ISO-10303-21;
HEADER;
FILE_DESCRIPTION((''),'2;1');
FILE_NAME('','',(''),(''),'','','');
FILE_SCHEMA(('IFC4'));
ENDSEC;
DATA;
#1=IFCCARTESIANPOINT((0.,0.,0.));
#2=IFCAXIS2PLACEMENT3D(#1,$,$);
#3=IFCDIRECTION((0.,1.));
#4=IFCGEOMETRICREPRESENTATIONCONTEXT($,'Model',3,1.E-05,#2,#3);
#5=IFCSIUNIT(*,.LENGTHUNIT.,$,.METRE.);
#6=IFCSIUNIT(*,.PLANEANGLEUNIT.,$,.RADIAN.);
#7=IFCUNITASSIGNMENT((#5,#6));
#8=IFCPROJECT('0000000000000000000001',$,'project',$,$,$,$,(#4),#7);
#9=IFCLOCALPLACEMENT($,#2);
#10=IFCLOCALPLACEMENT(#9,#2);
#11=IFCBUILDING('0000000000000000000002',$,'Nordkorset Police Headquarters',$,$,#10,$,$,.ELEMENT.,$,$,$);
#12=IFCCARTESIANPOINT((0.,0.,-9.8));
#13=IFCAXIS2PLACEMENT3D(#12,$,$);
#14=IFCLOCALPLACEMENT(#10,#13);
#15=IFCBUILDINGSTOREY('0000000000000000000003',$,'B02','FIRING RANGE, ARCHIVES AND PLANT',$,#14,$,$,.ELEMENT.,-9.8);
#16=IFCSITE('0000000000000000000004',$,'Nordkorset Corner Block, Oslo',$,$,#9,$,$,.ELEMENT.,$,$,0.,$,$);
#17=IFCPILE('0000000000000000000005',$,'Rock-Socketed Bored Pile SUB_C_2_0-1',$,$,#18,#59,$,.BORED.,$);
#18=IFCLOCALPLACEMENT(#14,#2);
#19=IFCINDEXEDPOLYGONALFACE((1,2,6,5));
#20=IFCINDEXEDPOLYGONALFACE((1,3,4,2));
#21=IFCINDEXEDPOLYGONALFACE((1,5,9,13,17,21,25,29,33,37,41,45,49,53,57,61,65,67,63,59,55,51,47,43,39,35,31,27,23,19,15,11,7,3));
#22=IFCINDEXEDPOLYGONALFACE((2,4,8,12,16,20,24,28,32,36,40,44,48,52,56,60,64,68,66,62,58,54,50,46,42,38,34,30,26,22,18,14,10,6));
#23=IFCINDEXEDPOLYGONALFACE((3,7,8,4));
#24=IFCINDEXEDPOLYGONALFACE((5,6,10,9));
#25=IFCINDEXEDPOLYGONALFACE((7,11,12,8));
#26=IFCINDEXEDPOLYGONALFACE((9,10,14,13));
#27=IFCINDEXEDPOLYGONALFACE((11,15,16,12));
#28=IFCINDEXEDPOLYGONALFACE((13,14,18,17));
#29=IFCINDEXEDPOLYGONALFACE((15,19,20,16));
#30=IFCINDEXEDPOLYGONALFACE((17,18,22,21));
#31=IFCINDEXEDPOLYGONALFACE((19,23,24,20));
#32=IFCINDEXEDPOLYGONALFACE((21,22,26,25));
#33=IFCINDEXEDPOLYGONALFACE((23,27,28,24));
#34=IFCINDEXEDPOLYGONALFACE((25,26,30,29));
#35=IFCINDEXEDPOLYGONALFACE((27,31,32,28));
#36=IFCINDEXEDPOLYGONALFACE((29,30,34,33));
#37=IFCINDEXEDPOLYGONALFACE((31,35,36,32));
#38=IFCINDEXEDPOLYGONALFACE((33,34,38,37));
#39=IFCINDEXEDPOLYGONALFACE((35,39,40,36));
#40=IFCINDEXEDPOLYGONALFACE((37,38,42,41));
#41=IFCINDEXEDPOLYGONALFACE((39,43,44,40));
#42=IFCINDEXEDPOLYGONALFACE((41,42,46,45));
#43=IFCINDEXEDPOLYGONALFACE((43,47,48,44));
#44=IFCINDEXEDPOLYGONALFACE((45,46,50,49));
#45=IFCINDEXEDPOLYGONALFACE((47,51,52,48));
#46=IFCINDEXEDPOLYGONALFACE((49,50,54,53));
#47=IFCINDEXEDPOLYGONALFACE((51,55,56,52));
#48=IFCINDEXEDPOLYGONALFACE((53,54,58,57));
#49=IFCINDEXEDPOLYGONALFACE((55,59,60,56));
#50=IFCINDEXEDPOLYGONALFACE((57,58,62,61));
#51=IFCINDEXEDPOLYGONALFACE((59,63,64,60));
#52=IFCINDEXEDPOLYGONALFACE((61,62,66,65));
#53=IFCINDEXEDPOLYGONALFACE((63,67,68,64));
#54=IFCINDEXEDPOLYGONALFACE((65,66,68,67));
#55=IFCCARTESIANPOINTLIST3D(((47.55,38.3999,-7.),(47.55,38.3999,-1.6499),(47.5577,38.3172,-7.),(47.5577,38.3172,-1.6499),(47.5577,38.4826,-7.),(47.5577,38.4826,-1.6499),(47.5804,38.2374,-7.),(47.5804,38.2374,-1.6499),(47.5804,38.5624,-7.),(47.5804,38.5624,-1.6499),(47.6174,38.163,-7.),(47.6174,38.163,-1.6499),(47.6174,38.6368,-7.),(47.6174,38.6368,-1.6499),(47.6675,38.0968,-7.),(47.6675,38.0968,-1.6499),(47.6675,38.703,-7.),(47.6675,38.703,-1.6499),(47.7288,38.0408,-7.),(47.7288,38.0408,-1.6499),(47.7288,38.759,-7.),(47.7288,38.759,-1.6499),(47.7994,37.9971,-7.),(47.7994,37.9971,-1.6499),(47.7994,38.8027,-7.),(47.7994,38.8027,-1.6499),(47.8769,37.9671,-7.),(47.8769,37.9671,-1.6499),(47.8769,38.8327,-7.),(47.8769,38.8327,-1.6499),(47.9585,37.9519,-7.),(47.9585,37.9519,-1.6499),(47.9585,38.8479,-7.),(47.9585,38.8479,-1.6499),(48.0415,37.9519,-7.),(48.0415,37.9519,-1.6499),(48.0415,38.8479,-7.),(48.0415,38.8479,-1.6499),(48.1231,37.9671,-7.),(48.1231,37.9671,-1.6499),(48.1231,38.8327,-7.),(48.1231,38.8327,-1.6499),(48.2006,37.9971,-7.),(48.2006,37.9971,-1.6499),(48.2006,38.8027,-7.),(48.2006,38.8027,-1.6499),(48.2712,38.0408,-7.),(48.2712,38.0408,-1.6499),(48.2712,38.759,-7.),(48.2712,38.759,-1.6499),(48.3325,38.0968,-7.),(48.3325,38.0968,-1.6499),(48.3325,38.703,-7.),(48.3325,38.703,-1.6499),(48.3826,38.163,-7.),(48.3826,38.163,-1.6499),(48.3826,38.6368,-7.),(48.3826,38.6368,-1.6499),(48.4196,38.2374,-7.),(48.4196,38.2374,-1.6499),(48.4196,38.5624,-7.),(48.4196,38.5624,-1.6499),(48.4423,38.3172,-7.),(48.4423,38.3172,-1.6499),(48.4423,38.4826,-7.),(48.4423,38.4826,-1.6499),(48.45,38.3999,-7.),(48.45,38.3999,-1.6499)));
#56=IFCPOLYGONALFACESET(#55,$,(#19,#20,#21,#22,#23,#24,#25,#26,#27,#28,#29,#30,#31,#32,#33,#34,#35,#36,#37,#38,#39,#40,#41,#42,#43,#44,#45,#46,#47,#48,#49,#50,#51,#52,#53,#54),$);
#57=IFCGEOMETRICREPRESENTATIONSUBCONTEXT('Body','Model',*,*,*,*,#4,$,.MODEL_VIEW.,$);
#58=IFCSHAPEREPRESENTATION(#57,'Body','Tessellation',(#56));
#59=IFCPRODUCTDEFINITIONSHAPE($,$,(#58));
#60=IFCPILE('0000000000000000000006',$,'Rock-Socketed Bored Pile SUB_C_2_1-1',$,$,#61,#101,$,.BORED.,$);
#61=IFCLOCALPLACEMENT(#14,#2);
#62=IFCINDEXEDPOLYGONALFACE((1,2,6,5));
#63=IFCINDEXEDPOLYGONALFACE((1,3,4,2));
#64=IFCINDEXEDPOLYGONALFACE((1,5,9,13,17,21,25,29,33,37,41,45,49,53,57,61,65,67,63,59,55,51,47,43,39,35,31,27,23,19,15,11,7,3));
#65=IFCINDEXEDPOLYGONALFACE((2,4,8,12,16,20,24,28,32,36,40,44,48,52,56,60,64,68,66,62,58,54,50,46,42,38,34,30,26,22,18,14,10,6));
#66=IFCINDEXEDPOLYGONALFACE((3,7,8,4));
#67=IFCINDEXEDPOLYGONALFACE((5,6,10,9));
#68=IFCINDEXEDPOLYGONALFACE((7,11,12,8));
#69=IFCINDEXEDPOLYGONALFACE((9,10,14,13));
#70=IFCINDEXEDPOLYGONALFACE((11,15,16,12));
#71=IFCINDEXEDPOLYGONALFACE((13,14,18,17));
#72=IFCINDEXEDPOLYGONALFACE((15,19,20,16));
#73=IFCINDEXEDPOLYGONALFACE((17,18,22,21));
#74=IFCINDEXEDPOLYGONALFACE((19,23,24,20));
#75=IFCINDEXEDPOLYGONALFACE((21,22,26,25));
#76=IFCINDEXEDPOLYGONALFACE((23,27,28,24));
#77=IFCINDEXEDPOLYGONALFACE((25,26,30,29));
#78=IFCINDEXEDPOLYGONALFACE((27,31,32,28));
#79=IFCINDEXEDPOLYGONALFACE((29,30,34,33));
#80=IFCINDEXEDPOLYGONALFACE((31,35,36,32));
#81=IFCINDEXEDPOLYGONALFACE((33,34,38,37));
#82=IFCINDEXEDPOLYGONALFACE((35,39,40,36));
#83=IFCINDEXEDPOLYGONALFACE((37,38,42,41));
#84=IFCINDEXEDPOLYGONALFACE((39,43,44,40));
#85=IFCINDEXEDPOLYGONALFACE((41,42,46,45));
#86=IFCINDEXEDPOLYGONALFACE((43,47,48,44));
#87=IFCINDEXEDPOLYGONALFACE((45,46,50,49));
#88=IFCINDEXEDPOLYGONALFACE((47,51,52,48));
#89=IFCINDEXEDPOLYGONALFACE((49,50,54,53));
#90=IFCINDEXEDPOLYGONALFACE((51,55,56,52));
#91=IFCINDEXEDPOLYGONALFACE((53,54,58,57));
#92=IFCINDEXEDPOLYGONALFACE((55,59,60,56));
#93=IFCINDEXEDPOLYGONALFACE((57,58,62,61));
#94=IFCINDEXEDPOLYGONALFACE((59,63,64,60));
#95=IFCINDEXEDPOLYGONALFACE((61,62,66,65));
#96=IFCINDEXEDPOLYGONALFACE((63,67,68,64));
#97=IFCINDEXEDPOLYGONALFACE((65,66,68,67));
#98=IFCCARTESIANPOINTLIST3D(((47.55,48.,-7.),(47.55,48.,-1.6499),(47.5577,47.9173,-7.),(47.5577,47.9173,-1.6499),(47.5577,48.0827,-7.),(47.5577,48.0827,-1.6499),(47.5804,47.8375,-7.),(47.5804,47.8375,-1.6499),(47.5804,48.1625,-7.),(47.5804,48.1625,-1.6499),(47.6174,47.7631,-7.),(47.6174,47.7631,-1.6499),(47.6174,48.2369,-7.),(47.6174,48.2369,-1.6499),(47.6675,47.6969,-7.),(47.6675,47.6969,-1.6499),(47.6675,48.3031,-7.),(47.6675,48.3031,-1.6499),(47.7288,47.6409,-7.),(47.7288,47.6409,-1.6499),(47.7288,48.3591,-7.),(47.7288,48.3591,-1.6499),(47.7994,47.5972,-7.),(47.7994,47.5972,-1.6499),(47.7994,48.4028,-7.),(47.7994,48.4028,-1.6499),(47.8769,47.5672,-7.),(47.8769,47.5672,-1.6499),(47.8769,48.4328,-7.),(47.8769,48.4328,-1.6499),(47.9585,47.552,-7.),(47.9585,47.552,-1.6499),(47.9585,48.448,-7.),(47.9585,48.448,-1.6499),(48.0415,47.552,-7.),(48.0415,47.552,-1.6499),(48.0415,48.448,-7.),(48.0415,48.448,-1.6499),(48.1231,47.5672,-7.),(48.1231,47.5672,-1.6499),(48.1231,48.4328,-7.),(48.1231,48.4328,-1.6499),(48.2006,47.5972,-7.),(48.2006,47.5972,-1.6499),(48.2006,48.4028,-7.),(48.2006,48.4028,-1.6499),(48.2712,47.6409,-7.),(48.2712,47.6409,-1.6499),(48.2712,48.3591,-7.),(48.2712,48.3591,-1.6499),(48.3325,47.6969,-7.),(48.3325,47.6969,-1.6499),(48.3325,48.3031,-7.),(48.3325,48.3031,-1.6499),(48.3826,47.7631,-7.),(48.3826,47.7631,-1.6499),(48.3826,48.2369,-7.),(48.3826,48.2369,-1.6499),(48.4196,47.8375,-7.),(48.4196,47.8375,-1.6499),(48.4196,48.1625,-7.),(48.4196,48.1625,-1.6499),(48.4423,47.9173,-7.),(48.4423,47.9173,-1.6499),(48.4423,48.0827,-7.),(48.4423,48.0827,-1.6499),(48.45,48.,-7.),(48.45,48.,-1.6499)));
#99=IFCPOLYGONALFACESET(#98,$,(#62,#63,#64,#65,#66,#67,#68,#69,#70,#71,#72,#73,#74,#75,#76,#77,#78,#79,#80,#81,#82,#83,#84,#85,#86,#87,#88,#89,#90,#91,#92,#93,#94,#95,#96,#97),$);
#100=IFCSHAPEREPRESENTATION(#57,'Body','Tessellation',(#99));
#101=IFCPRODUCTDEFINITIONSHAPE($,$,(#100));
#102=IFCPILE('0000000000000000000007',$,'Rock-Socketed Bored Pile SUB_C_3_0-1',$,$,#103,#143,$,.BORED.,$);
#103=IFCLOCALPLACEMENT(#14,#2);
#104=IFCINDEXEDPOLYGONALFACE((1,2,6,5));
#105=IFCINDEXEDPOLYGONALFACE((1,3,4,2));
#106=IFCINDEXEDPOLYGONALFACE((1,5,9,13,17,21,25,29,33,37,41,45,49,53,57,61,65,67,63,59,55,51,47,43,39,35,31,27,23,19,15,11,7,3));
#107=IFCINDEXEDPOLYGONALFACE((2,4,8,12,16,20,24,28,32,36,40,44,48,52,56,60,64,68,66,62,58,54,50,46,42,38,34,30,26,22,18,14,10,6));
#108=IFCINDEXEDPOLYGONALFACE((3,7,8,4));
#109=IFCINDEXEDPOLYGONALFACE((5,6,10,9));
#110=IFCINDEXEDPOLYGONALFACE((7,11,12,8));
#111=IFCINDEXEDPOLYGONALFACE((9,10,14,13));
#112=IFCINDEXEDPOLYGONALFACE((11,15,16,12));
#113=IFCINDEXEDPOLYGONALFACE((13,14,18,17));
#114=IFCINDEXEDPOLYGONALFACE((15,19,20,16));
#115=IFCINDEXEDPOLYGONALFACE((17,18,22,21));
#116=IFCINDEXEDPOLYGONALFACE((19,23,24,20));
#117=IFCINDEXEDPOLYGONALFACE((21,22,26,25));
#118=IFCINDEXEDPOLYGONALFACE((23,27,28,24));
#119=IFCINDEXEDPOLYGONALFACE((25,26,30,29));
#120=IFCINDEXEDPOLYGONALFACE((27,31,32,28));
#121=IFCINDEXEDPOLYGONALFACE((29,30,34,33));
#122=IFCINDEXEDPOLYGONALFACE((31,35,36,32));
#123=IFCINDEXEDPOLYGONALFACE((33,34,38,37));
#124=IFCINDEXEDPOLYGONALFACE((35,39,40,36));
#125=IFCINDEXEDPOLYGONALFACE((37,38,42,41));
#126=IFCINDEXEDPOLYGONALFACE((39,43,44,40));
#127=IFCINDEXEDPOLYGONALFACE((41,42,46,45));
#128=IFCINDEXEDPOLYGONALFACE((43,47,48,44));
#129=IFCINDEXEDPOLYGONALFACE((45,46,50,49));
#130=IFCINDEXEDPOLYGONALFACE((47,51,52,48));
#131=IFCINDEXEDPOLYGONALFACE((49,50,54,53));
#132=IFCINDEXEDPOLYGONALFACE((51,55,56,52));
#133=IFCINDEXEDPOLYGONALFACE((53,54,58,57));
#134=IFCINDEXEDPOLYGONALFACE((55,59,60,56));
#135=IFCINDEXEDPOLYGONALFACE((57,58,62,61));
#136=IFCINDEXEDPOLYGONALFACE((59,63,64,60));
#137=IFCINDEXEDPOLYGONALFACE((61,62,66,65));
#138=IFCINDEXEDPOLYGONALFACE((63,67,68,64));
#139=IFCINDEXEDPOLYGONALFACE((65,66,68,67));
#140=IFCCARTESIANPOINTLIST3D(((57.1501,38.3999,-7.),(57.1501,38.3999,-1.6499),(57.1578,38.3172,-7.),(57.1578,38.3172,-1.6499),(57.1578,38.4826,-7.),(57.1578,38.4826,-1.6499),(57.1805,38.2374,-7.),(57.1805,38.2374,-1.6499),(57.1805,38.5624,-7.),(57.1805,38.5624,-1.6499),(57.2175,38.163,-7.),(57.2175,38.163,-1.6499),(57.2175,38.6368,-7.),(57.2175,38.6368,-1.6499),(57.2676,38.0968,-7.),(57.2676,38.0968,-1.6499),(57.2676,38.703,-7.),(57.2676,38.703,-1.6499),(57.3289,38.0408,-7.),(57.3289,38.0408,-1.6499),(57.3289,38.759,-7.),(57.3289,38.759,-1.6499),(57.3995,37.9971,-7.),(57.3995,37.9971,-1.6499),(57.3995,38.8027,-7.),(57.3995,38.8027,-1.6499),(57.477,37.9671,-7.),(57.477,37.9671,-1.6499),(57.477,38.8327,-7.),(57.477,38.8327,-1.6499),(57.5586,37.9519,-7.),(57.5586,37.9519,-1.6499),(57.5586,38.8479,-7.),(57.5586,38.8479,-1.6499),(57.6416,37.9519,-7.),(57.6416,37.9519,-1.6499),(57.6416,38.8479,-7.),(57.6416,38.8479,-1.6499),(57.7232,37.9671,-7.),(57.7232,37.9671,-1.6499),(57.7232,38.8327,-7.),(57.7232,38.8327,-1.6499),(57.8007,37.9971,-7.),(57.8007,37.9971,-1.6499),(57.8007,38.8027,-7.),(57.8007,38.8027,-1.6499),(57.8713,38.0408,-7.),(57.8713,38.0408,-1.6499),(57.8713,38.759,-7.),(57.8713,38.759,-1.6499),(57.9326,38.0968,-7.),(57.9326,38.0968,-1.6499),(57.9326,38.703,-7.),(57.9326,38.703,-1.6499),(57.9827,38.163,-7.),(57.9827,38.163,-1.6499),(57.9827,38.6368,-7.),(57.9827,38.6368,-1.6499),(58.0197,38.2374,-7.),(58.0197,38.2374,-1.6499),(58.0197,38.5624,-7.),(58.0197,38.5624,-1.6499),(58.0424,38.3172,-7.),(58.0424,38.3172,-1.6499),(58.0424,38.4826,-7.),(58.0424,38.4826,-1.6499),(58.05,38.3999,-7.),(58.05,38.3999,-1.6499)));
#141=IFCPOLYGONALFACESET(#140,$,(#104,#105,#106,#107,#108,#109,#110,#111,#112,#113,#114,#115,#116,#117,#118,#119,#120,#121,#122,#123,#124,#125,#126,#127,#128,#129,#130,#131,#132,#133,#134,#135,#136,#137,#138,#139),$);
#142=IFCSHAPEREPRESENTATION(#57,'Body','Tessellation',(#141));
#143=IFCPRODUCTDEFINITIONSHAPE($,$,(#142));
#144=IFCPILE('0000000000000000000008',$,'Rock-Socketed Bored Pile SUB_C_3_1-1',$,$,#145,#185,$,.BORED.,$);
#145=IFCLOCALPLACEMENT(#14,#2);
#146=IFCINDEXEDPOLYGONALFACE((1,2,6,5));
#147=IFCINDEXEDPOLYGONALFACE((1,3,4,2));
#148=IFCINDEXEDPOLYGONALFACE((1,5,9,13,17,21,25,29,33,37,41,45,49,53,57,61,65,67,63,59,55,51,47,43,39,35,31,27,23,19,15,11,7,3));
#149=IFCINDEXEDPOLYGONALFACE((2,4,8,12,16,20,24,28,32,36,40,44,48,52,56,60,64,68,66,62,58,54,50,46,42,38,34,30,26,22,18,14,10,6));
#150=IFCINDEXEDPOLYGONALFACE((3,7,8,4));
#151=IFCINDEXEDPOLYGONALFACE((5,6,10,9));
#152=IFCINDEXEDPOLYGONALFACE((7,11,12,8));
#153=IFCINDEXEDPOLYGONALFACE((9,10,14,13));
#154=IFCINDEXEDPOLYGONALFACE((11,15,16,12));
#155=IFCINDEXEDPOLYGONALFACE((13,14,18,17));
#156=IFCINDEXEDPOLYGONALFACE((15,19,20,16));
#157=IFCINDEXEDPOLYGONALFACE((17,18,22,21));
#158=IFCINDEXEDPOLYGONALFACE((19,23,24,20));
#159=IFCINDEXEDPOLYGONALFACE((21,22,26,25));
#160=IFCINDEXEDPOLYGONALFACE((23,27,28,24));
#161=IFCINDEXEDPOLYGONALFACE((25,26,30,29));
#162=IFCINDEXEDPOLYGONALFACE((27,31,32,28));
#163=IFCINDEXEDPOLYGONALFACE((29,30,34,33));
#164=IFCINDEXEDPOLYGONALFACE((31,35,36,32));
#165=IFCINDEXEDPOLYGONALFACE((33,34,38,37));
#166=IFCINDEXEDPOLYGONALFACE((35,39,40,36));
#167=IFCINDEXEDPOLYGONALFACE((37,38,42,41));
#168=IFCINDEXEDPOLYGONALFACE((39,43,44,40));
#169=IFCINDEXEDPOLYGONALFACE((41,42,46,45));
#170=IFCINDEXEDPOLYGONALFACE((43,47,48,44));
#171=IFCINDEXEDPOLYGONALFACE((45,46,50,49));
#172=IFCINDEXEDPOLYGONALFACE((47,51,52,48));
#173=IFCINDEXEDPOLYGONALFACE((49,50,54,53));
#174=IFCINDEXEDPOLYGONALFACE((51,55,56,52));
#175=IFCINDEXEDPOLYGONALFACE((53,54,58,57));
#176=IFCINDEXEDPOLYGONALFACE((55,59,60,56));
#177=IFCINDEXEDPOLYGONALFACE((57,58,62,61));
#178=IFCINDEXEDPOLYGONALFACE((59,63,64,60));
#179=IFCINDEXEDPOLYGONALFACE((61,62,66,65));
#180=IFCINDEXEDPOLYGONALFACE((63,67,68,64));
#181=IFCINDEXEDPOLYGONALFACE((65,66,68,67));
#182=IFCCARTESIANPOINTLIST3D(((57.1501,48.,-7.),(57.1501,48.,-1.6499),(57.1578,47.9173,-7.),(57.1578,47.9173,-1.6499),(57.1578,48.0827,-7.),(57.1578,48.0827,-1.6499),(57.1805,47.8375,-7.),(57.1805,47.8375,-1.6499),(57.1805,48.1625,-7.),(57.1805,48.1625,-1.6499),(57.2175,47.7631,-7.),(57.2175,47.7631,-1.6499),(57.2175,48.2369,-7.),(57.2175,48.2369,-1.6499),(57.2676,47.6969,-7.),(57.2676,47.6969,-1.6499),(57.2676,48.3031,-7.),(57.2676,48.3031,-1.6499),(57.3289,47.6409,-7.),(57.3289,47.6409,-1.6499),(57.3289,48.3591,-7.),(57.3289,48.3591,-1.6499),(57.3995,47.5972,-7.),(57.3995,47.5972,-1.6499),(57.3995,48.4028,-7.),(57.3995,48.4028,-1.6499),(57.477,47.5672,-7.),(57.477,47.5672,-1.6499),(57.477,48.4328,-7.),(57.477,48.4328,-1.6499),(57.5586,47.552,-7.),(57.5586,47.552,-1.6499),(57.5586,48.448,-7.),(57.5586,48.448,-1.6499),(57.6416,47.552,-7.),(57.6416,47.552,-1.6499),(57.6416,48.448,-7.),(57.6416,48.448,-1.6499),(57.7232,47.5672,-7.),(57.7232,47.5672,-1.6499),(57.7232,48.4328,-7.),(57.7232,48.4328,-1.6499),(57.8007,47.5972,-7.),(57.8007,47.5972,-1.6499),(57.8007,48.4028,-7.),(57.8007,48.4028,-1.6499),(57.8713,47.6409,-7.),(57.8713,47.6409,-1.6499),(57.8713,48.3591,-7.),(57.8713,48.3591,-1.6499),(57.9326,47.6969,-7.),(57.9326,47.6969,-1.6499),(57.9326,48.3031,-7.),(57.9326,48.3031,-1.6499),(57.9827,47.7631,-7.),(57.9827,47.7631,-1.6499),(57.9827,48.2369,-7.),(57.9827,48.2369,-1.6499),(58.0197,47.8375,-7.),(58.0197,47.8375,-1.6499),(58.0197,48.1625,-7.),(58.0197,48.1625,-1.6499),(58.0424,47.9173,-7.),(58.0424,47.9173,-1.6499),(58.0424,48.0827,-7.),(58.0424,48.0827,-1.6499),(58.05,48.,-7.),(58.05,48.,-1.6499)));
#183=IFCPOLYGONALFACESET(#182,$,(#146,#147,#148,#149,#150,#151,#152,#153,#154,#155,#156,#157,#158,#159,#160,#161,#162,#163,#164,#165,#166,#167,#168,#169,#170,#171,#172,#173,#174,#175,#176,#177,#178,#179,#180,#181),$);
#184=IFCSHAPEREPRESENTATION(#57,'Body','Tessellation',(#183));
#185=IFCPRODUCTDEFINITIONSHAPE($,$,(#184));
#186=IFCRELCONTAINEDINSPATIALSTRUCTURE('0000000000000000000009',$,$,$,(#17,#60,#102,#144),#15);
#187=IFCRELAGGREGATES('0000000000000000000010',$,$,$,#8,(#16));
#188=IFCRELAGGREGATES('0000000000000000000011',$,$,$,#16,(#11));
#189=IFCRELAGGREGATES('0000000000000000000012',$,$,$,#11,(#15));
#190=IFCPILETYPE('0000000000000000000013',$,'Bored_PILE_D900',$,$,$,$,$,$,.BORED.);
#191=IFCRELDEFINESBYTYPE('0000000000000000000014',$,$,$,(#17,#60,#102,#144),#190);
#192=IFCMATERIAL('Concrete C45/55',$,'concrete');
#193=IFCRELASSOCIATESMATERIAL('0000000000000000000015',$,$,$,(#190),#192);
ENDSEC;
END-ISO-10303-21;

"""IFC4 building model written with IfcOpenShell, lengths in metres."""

from ifc_helpers import new_model, si_unit, direction, frame, origin, origin_2d, place, context, subcontext, project, spatial, circle, extrude, material, material_profile, profile_set, type_object, element, save


model = new_model("IFC4")

# Units and contexts
model_context = context("Model", 3, precision=1e-05, world=origin(), true_north=direction((0.0, 1.0)))
body_context = subcontext(model_context, "Body", "Model", "MODEL_VIEW")
ifc_project = project(units=[si_unit("LENGTHUNIT", "METRE"), si_unit("PLANEANGLEUNIT", "RADIAN")], contexts=[model_context])

# Site, building, storey
site_placement = place(None, origin())
site = spatial("IfcSite", under=ifc_project, at=site_placement, Name="Nordkorset Corner Block, Oslo", CompositionType="ELEMENT", RefElevation=0.0)
building_placement = place(site_placement, origin())
building = spatial("IfcBuilding", under=site, at=building_placement, Name="Nordkorset Police Headquarters", CompositionType="ELEMENT")
storey_placement = place(building_placement, frame((0.0, 0.0, -9.8)))
storey = spatial("IfcBuildingStorey", under=building, at=storey_placement, Name="B02", Description="FIRING RANGE, ARCHIVES AND PLANT", CompositionType="ELEMENT", Elevation=-9.8)

# Piles
ifc_material_1 = material(Name="Concrete C45/55", Category="concrete")
ifc_material_profile_1 = material_profile(ifc_material_1, circle(Radius=0.45, at=origin_2d()), Name="PILE D900")
ifc_profile_set_1 = profile_set([ifc_material_profile_1], Name="Concrete C45/55")
pile_type = type_object("IfcPileType", Name="Bored_PILE_D900", PredefinedType="BORED", material=ifc_profile_set_1)
for number, where, z_axis, x_axis, name in (
    (1, (48.0, 38.3999, -1.6499), (0.0, 0.0, -1.0), (1.0, 0.0, 0.0), "Rock-Socketed Bored Pile SUB_C_2_0-1"),
    (2, (48.0, 48.0, -1.6499), (0.0, 0.0, -1.0), (1.0, 0.0, 0.0), "Rock-Socketed Bored Pile SUB_C_2_1-1"),
    (3, (57.6001, 38.3999, -1.6499), (0.0, 0.0, -1.0), (1.0, 0.0, 0.0), "Rock-Socketed Bored Pile SUB_C_3_0-1"),
    (4, (57.6001, 48.0, -1.6499), (0.0, 0.0, -1.0), (1.0, 0.0, 0.0), "Rock-Socketed Bored Pile SUB_C_3_1-1"),
):
    element("IfcPile", number, at=place(storey_placement, frame(where, z_axis=z_axis, x_axis=x_axis)), inside=storey, type_object=pile_type, Name=name, PredefinedType="BORED", context=body_context, shape_type="SweptSolid", body=[
        extrude(circle(Radius=0.45, at=origin_2d()), origin(), (0.0, 0.0, 1.0), 5.3501),
    ])

save(model, "model.ifc")
